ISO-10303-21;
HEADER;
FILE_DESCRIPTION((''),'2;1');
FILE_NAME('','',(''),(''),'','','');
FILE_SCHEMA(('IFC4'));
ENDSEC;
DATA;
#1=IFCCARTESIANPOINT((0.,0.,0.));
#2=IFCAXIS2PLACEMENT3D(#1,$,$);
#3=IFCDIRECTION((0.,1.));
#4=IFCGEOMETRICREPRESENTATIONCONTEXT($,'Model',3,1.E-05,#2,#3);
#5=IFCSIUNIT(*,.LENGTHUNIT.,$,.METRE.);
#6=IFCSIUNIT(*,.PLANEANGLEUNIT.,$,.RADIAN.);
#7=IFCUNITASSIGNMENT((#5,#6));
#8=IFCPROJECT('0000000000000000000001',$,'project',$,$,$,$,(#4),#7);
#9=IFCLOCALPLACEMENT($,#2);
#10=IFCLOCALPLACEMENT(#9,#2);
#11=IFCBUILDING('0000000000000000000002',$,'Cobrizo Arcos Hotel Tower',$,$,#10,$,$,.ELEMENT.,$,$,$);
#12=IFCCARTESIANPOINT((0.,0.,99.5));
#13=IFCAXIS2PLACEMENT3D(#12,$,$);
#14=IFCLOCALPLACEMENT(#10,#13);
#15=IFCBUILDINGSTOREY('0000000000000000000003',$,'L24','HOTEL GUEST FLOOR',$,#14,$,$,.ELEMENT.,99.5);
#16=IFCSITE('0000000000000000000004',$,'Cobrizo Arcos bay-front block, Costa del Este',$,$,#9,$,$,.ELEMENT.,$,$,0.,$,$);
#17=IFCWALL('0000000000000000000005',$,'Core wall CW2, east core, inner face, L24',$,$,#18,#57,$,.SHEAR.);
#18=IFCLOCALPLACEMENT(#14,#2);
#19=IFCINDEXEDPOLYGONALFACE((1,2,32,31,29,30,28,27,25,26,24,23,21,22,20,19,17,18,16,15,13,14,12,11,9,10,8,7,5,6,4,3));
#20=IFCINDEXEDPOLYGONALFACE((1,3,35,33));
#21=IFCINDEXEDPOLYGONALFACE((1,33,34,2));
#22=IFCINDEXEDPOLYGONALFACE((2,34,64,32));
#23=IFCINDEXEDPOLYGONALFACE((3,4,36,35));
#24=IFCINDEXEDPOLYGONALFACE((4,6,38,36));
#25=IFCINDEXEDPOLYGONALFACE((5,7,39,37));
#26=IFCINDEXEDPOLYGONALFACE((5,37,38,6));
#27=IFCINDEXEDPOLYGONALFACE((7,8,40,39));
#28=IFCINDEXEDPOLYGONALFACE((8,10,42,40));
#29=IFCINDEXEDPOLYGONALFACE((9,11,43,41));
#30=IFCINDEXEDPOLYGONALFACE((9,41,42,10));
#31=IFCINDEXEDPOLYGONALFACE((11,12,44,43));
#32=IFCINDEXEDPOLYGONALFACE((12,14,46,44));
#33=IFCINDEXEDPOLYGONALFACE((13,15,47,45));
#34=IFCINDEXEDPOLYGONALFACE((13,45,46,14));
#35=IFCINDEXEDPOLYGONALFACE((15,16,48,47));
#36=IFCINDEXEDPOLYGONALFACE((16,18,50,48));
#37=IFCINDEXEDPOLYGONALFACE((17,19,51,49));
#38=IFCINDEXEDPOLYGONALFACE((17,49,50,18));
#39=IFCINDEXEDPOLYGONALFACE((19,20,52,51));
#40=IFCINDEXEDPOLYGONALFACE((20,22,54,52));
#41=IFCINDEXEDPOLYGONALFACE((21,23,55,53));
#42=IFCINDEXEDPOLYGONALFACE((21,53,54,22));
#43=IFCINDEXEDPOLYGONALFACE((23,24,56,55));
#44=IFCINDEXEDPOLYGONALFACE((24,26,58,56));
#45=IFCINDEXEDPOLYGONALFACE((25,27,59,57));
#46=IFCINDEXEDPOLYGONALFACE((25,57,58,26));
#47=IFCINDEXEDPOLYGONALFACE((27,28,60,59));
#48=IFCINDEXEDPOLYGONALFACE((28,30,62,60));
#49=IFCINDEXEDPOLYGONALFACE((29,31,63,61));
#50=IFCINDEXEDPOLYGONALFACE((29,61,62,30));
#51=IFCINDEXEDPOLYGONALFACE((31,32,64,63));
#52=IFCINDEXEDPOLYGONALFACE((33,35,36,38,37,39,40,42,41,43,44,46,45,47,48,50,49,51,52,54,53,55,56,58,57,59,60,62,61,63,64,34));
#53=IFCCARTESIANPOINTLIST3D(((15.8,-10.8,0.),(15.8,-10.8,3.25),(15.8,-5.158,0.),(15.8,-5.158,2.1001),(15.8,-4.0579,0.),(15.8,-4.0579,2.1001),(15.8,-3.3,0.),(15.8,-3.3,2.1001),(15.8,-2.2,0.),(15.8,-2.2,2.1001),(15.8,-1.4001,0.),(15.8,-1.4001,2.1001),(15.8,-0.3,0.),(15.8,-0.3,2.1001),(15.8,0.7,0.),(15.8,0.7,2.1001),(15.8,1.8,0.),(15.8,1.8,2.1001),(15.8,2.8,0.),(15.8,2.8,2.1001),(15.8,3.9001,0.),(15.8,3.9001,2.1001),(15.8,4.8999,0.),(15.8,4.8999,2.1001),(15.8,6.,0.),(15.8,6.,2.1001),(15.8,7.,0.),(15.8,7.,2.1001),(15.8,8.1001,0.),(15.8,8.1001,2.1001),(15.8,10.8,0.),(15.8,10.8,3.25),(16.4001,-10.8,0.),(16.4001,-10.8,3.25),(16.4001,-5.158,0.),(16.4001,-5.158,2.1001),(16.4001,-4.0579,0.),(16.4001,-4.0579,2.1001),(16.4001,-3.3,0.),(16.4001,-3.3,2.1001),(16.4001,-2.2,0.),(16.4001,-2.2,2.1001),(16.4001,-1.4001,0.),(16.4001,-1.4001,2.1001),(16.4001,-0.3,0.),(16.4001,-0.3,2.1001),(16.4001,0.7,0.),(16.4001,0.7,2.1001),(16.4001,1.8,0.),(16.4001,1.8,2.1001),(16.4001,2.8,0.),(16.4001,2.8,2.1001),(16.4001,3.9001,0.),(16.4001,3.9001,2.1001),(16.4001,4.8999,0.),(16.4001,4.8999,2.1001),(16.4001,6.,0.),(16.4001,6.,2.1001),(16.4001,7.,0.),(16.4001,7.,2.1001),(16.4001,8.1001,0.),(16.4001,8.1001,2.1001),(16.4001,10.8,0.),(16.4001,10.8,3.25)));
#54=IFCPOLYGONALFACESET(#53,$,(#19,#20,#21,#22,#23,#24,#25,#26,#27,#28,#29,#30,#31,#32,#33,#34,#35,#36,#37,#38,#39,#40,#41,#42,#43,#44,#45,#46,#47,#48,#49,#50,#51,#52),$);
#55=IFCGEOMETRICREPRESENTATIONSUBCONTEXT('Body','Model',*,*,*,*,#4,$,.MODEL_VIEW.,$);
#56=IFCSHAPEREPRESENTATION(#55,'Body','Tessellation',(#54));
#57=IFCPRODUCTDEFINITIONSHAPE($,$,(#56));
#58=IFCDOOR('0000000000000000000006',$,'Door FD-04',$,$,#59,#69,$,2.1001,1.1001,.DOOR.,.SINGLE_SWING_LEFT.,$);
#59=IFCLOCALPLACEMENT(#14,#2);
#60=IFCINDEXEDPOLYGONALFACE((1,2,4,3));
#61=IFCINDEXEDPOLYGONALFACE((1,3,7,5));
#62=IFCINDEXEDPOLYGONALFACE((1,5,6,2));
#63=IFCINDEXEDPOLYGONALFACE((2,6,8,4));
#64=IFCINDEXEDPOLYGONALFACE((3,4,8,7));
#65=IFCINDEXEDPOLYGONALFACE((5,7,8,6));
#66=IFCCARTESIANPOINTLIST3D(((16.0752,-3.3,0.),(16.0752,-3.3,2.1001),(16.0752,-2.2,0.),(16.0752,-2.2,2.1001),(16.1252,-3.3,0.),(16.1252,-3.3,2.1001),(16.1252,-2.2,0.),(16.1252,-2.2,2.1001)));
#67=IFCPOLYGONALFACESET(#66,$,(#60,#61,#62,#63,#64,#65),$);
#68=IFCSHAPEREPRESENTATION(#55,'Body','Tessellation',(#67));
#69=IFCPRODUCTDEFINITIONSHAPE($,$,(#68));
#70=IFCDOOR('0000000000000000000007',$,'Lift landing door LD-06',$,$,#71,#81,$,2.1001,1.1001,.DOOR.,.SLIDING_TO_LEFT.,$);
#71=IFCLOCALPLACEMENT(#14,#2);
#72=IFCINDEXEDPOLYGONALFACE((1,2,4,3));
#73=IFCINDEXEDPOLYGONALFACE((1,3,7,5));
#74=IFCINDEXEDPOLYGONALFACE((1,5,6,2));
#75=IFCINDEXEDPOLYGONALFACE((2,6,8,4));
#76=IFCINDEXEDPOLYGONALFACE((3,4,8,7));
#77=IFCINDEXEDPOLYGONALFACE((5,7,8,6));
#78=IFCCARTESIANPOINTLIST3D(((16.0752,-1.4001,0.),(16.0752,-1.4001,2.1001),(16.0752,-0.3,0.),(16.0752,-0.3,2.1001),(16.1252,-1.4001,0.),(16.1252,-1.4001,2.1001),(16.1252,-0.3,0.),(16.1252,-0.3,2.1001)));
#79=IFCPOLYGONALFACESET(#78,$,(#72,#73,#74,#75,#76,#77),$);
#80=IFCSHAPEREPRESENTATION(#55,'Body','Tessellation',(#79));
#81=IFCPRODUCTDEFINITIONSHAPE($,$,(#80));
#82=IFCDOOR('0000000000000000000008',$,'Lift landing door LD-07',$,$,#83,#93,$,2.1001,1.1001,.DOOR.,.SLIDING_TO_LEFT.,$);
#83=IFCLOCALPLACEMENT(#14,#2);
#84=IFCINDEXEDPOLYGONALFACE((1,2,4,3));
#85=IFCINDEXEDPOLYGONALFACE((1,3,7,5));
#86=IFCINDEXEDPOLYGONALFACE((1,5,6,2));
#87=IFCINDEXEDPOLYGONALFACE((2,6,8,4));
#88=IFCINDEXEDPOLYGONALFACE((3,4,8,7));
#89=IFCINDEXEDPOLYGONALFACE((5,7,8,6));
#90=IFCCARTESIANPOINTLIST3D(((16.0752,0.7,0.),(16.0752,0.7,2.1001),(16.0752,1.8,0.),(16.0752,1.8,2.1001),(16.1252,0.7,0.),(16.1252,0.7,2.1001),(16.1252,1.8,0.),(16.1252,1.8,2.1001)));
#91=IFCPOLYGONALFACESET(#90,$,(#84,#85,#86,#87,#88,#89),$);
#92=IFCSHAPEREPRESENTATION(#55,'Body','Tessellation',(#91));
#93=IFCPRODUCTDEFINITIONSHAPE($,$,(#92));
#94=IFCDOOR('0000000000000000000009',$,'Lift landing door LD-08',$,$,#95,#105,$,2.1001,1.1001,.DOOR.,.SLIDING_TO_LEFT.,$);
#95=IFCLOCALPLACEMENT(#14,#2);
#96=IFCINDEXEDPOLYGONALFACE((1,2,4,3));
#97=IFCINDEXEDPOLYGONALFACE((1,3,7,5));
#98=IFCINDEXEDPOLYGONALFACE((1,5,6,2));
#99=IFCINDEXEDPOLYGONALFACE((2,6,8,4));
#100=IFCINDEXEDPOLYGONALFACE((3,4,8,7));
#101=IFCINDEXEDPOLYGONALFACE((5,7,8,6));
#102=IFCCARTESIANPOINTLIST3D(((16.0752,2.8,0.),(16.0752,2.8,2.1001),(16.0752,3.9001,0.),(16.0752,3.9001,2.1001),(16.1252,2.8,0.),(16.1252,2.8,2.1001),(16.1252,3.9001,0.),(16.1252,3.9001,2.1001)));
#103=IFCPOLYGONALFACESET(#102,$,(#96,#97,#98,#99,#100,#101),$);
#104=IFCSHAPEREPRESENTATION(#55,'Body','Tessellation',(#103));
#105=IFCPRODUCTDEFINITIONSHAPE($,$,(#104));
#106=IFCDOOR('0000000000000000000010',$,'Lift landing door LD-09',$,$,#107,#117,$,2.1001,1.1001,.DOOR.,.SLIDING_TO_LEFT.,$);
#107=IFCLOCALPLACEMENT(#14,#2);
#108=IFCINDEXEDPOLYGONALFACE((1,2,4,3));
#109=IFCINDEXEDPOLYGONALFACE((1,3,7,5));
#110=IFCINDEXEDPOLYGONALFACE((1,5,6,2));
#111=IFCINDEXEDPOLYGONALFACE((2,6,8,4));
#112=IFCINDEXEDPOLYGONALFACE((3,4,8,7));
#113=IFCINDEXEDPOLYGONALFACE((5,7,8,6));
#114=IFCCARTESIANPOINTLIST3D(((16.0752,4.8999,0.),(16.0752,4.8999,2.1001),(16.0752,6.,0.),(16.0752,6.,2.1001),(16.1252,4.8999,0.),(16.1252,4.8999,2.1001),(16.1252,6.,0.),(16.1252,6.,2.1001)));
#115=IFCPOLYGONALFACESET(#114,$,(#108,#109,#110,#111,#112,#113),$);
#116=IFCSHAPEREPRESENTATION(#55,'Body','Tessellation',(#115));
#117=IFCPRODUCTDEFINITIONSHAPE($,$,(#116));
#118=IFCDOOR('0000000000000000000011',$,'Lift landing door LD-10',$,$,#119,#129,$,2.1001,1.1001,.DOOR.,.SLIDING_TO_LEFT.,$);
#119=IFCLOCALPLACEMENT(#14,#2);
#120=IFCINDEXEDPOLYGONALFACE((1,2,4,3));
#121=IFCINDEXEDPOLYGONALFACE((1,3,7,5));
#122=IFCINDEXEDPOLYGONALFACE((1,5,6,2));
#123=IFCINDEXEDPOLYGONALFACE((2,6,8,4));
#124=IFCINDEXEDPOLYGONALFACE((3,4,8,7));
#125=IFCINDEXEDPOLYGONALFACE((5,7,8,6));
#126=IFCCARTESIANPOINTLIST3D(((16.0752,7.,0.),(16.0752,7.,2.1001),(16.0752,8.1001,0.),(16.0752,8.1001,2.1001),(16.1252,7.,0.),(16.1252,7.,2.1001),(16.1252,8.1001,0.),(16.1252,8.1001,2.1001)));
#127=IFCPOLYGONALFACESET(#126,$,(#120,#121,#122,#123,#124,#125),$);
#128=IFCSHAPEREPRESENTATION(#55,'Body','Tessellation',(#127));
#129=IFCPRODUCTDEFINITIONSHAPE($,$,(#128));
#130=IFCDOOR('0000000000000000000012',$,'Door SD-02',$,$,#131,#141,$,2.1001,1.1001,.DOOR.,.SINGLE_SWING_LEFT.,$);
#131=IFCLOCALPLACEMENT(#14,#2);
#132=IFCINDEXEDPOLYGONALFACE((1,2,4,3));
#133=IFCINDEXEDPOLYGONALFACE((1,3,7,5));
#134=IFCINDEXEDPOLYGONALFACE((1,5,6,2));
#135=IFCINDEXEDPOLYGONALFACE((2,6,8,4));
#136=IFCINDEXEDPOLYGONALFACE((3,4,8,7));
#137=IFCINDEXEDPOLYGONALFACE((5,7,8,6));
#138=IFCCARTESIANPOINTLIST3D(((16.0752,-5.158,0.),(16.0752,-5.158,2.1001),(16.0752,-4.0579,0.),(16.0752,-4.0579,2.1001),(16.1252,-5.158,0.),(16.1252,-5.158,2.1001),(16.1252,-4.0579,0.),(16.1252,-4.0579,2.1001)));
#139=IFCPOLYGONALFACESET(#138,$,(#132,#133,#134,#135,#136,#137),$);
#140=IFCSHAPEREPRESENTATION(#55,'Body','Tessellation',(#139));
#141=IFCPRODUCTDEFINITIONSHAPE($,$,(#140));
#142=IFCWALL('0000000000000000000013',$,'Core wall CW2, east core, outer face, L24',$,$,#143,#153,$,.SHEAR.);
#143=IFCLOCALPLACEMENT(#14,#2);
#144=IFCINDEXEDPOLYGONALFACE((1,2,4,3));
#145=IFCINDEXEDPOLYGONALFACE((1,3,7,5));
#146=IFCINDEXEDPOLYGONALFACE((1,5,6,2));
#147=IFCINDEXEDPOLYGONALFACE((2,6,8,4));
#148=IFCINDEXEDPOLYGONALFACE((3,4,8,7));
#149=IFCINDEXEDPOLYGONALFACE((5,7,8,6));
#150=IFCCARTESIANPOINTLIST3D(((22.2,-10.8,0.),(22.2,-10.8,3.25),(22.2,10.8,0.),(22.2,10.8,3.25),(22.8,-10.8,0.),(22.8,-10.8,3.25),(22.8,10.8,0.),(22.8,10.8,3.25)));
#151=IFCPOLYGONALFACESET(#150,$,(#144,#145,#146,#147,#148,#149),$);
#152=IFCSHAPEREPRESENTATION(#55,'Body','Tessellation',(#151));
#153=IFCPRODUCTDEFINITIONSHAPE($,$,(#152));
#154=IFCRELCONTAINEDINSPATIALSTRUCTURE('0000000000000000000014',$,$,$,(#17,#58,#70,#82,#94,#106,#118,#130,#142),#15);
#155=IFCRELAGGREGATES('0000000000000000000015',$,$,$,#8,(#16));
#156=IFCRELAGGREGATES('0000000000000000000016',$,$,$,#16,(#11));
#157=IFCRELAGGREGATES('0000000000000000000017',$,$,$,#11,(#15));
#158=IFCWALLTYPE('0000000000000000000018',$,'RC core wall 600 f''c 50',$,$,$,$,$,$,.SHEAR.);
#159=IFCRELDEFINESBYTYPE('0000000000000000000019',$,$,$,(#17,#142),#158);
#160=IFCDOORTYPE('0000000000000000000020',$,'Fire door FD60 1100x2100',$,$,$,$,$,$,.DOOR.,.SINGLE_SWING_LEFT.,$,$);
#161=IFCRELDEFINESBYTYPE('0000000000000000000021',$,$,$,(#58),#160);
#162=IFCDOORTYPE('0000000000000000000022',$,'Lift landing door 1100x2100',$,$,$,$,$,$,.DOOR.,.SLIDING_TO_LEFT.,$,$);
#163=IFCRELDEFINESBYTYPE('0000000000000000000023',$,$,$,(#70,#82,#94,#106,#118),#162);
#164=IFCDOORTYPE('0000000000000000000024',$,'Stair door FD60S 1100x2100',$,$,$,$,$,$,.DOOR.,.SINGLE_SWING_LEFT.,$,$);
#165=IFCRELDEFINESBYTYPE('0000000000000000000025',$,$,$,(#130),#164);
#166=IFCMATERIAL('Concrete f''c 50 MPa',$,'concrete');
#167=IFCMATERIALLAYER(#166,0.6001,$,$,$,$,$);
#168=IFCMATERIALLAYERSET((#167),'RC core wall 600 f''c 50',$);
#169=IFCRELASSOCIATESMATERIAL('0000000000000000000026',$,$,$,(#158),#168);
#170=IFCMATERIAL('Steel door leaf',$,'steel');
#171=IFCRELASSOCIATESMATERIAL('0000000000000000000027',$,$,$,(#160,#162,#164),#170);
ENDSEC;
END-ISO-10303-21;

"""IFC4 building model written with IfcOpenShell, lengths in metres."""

from ifc_helpers import new_model, si_unit, direction, frame, frame_2d, origin, place, context, subcontext, project, spatial, rectangle, extrude, material, layer, layer_set, type_object, element, fill, save


model = new_model("IFC4")

# Units and contexts
model_context = context("Model", 3, precision=1e-05, world=origin(), true_north=direction((0.0, 1.0)))
body_context = subcontext(model_context, "Body", "Model", "MODEL_VIEW")
ifc_project = project(units=[si_unit("LENGTHUNIT", "METRE"), si_unit("PLANEANGLEUNIT", "RADIAN")], contexts=[model_context])

# Site, building, storey
site_placement = place(None, origin())
site = spatial("IfcSite", under=ifc_project, at=site_placement, Name="Cobrizo Arcos bay-front block, Costa del Este", CompositionType="ELEMENT", RefElevation=0.0)
building_placement = place(site_placement, origin())
building = spatial("IfcBuilding", under=site, at=building_placement, Name="Cobrizo Arcos Hotel Tower", CompositionType="ELEMENT")
storey_placement = place(building_placement, frame((0.0, 0.0, 99.5)))
storey = spatial("IfcBuildingStorey", under=building, at=storey_placement, Name="L24", Description="HOTEL GUEST FLOOR", CompositionType="ELEMENT", Elevation=99.5)

# Wall, openings, doors
ifc_material_1 = material(Name="Concrete f'c 50 MPa", Category="concrete")
ifc_layer_1 = layer(ifc_material_1, 0.6001)
ifc_layer_set_1 = layer_set([ifc_layer_1], Name="RC core wall 600 f'c 50")
wall_type_1 = type_object("IfcWallType", Name="RC core wall 600 f'c 50", PredefinedType="SHEAR", material=ifc_layer_set_1)
wall_1_placement = place(storey_placement, frame((16.1001, -10.8, 0.0), z_axis=(0.0, 0.0, 1.0), x_axis=(0.0, 1.0, 0.0)))
wall_1 = element("IfcWall", 1, at=wall_1_placement, inside=storey, type_object=wall_type_1, Name="Core wall CW2, east core, inner face, L24", PredefinedType="SHEAR", context=body_context, shape_type="SweptSolid", body=[
    extrude(rectangle(XDim=21.6001, YDim=0.6001, at=frame_2d((10.8, 0.0))), origin(), (0.0, 0.0, 1.0), 3.25),
])
opening_1_placement = place(wall_1_placement, frame((9.3999, 0.0, 0.0)))
opening_1 = element("IfcOpeningElement", 2, at=opening_1_placement, cuts=wall_1, PredefinedType="OPENING", context=body_context, shape_type="SweptSolid", body=[
    extrude(rectangle(XDim=1.1001, YDim=2.1001, at=frame_2d((0.55, 1.05))), frame((0.0, 0.312, 0.0), z_axis=(0.0, -1.0, 0.0), x_axis=(1.0, 0.0, 0.0)), (0.0, 0.0, 1.0), 0.624),
])
opening_2_placement = place(wall_1_placement, frame((11.5, 0.0, 0.0)))
opening_2 = element("IfcOpeningElement", 3, at=opening_2_placement, cuts=wall_1, PredefinedType="OPENING", context=body_context, shape_type="SweptSolid", body=[
    extrude(rectangle(XDim=1.1001, YDim=2.1001, at=frame_2d((0.55, 1.05))), frame((0.0, 0.312, 0.0), z_axis=(0.0, -1.0, 0.0), x_axis=(1.0, 0.0, 0.0)), (0.0, 0.0, 1.0), 0.624),
])
opening_3_placement = place(wall_1_placement, frame((13.6001, 0.0, 0.0)))
opening_3 = element("IfcOpeningElement", 4, at=opening_3_placement, cuts=wall_1, PredefinedType="OPENING", context=body_context, shape_type="SweptSolid", body=[
    extrude(rectangle(XDim=1.1001, YDim=2.1001, at=frame_2d((0.55, 1.05))), frame((0.0, 0.312, 0.0), z_axis=(0.0, -1.0, 0.0), x_axis=(1.0, 0.0, 0.0)), (0.0, 0.0, 1.0), 0.624),
])
opening_4_placement = place(wall_1_placement, frame((15.7, 0.0, 0.0)))
opening_4 = element("IfcOpeningElement", 5, at=opening_4_placement, cuts=wall_1, PredefinedType="OPENING", context=body_context, shape_type="SweptSolid", body=[
    extrude(rectangle(XDim=1.1001, YDim=2.1001, at=frame_2d((0.55, 1.05))), frame((0.0, 0.312, 0.0), z_axis=(0.0, -1.0, 0.0), x_axis=(1.0, 0.0, 0.0)), (0.0, 0.0, 1.0), 0.624),
])
opening_5_placement = place(wall_1_placement, frame((17.8, 0.0, 0.0)))
opening_5 = element("IfcOpeningElement", 6, at=opening_5_placement, cuts=wall_1, PredefinedType="OPENING", context=body_context, shape_type="SweptSolid", body=[
    extrude(rectangle(XDim=1.1001, YDim=2.1001, at=frame_2d((0.55, 1.05))), frame((0.0, 0.312, 0.0), z_axis=(0.0, -1.0, 0.0), x_axis=(1.0, 0.0, 0.0)), (0.0, 0.0, 1.0), 0.624),
])
opening_6_placement = place(wall_1_placement, frame((5.6421, 0.0, 0.0)))
opening_6 = element("IfcOpeningElement", 7, at=opening_6_placement, cuts=wall_1, PredefinedType="OPENING", context=body_context, shape_type="SweptSolid", body=[
    extrude(rectangle(XDim=1.1001, YDim=2.1001, at=frame_2d((0.55, 1.05))), frame((0.0, 0.312, 0.0), z_axis=(0.0, -1.0, 0.0), x_axis=(1.0, 0.0, 0.0)), (0.0, 0.0, 1.0), 0.624),
])
opening_7_placement = place(wall_1_placement, frame((7.5, 0.0, 0.0)))
opening_7 = element("IfcOpeningElement", 8, at=opening_7_placement, cuts=wall_1, PredefinedType="OPENING", context=body_context, shape_type="SweptSolid", body=[
    extrude(rectangle(XDim=1.1001, YDim=2.1001, at=frame_2d((0.55, 1.05))), frame((0.0, 0.312, 0.0), z_axis=(0.0, -1.0, 0.0), x_axis=(1.0, 0.0, 0.0)), (0.0, 0.0, 1.0), 0.624),
])
ifc_material_2 = material(Name="Steel door leaf", Category="steel")
door_type_1 = type_object("IfcDoorType", Name="Fire door FD60 1100x2100", OperationType="SINGLE_SWING_LEFT", PredefinedType="DOOR", material=ifc_material_2)
door_1_placement = place(opening_7_placement, origin())
door_1 = element("IfcDoor", 9, at=door_1_placement, inside=storey, type_object=door_type_1, Name="Door FD-04", OperationType="SINGLE_SWING_LEFT", OverallHeight=2.1001, OverallWidth=1.1001, PredefinedType="DOOR", context=body_context, shape_type="SweptSolid", body=[
    extrude(rectangle(XDim=1.1001, YDim=2.1001, at=frame_2d((0.55, 1.05))), frame((0.0, 0.0249, 0.0), z_axis=(0.0, -1.0, 0.0), x_axis=(1.0, 0.0, 0.0)), (0.0, 0.0, 1.0), 0.05),
])
fill(opening_7, door_1)
door_type_2 = type_object("IfcDoorType", Name="Lift landing door 1100x2100", OperationType="SLIDING_TO_LEFT", PredefinedType="DOOR", material=ifc_material_2)
door_2_placement = place(opening_1_placement, origin())
door_2 = element("IfcDoor", 10, at=door_2_placement, inside=storey, type_object=door_type_2, Name="Lift landing door LD-06", OperationType="SLIDING_TO_LEFT", OverallHeight=2.1001, OverallWidth=1.1001, PredefinedType="DOOR", context=body_context, shape_type="SweptSolid", body=[
    extrude(rectangle(XDim=1.1001, YDim=2.1001, at=frame_2d((0.55, 1.05))), frame((0.0, 0.0249, 0.0), z_axis=(0.0, -1.0, 0.0), x_axis=(1.0, 0.0, 0.0)), (0.0, 0.0, 1.0), 0.05),
])
fill(opening_1, door_2)
door_3_placement = place(opening_2_placement, origin())
door_3 = element("IfcDoor", 11, at=door_3_placement, inside=storey, type_object=door_type_2, Name="Lift landing door LD-07", OperationType="SLIDING_TO_LEFT", OverallHeight=2.1001, OverallWidth=1.1001, PredefinedType="DOOR", context=body_context, shape_type="SweptSolid", body=[
    extrude(rectangle(XDim=1.1001, YDim=2.1001, at=frame_2d((0.55, 1.05))), frame((0.0, 0.0249, 0.0), z_axis=(0.0, -1.0, 0.0), x_axis=(1.0, 0.0, 0.0)), (0.0, 0.0, 1.0), 0.05),
])
fill(opening_2, door_3)
door_4_placement = place(opening_3_placement, origin())
door_4 = element("IfcDoor", 12, at=door_4_placement, inside=storey, type_object=door_type_2, Name="Lift landing door LD-08", OperationType="SLIDING_TO_LEFT", OverallHeight=2.1001, OverallWidth=1.1001, PredefinedType="DOOR", context=body_context, shape_type="SweptSolid", body=[
    extrude(rectangle(XDim=1.1001, YDim=2.1001, at=frame_2d((0.55, 1.05))), frame((0.0, 0.0249, 0.0), z_axis=(0.0, -1.0, 0.0), x_axis=(1.0, 0.0, 0.0)), (0.0, 0.0, 1.0), 0.05),
])
fill(opening_3, door_4)
door_5_placement = place(opening_4_placement, origin())
door_5 = element("IfcDoor", 13, at=door_5_placement, inside=storey, type_object=door_type_2, Name="Lift landing door LD-09", OperationType="SLIDING_TO_LEFT", OverallHeight=2.1001, OverallWidth=1.1001, PredefinedType="DOOR", context=body_context, shape_type="SweptSolid", body=[
    extrude(rectangle(XDim=1.1001, YDim=2.1001, at=frame_2d((0.55, 1.05))), frame((0.0, 0.0249, 0.0), z_axis=(0.0, -1.0, 0.0), x_axis=(1.0, 0.0, 0.0)), (0.0, 0.0, 1.0), 0.05),
])
fill(opening_4, door_5)
door_6_placement = place(opening_5_placement, origin())
door_6 = element("IfcDoor", 14, at=door_6_placement, inside=storey, type_object=door_type_2, Name="Lift landing door LD-10", OperationType="SLIDING_TO_LEFT", OverallHeight=2.1001, OverallWidth=1.1001, PredefinedType="DOOR", context=body_context, shape_type="SweptSolid", body=[
    extrude(rectangle(XDim=1.1001, YDim=2.1001, at=frame_2d((0.55, 1.05))), frame((0.0, 0.0249, 0.0), z_axis=(0.0, -1.0, 0.0), x_axis=(1.0, 0.0, 0.0)), (0.0, 0.0, 1.0), 0.05),
])
fill(opening_5, door_6)
door_type_3 = type_object("IfcDoorType", Name="Stair door FD60S 1100x2100", OperationType="SINGLE_SWING_LEFT", PredefinedType="DOOR", material=ifc_material_2)
door_7_placement = place(opening_6_placement, origin())
door_7 = element("IfcDoor", 15, at=door_7_placement, inside=storey, type_object=door_type_3, Name="Door SD-02", OperationType="SINGLE_SWING_LEFT", OverallHeight=2.1001, OverallWidth=1.1001, PredefinedType="DOOR", context=body_context, shape_type="SweptSolid", body=[
    extrude(rectangle(XDim=1.1001, YDim=2.1001, at=frame_2d((0.55, 1.05))), frame((0.0, 0.0249, 0.0), z_axis=(0.0, -1.0, 0.0), x_axis=(1.0, 0.0, 0.0)), (0.0, 0.0, 1.0), 0.05),
])
fill(opening_6, door_7)

# Wall
wall_2_placement = place(storey_placement, frame((22.5, -10.8, 0.0), z_axis=(0.0, 0.0, 1.0), x_axis=(0.0, 1.0, 0.0)))
element("IfcWall", 16, at=wall_2_placement, inside=storey, type_object=wall_type_1, Name="Core wall CW2, east core, outer face, L24", PredefinedType="SHEAR", context=body_context, shape_type="SweptSolid", body=[
    extrude(rectangle(XDim=21.6001, YDim=0.6001, at=frame_2d((10.8, 0.0))), origin(), (0.0, 0.0, 1.0), 3.25),
])

save(model, "model.ifc")
